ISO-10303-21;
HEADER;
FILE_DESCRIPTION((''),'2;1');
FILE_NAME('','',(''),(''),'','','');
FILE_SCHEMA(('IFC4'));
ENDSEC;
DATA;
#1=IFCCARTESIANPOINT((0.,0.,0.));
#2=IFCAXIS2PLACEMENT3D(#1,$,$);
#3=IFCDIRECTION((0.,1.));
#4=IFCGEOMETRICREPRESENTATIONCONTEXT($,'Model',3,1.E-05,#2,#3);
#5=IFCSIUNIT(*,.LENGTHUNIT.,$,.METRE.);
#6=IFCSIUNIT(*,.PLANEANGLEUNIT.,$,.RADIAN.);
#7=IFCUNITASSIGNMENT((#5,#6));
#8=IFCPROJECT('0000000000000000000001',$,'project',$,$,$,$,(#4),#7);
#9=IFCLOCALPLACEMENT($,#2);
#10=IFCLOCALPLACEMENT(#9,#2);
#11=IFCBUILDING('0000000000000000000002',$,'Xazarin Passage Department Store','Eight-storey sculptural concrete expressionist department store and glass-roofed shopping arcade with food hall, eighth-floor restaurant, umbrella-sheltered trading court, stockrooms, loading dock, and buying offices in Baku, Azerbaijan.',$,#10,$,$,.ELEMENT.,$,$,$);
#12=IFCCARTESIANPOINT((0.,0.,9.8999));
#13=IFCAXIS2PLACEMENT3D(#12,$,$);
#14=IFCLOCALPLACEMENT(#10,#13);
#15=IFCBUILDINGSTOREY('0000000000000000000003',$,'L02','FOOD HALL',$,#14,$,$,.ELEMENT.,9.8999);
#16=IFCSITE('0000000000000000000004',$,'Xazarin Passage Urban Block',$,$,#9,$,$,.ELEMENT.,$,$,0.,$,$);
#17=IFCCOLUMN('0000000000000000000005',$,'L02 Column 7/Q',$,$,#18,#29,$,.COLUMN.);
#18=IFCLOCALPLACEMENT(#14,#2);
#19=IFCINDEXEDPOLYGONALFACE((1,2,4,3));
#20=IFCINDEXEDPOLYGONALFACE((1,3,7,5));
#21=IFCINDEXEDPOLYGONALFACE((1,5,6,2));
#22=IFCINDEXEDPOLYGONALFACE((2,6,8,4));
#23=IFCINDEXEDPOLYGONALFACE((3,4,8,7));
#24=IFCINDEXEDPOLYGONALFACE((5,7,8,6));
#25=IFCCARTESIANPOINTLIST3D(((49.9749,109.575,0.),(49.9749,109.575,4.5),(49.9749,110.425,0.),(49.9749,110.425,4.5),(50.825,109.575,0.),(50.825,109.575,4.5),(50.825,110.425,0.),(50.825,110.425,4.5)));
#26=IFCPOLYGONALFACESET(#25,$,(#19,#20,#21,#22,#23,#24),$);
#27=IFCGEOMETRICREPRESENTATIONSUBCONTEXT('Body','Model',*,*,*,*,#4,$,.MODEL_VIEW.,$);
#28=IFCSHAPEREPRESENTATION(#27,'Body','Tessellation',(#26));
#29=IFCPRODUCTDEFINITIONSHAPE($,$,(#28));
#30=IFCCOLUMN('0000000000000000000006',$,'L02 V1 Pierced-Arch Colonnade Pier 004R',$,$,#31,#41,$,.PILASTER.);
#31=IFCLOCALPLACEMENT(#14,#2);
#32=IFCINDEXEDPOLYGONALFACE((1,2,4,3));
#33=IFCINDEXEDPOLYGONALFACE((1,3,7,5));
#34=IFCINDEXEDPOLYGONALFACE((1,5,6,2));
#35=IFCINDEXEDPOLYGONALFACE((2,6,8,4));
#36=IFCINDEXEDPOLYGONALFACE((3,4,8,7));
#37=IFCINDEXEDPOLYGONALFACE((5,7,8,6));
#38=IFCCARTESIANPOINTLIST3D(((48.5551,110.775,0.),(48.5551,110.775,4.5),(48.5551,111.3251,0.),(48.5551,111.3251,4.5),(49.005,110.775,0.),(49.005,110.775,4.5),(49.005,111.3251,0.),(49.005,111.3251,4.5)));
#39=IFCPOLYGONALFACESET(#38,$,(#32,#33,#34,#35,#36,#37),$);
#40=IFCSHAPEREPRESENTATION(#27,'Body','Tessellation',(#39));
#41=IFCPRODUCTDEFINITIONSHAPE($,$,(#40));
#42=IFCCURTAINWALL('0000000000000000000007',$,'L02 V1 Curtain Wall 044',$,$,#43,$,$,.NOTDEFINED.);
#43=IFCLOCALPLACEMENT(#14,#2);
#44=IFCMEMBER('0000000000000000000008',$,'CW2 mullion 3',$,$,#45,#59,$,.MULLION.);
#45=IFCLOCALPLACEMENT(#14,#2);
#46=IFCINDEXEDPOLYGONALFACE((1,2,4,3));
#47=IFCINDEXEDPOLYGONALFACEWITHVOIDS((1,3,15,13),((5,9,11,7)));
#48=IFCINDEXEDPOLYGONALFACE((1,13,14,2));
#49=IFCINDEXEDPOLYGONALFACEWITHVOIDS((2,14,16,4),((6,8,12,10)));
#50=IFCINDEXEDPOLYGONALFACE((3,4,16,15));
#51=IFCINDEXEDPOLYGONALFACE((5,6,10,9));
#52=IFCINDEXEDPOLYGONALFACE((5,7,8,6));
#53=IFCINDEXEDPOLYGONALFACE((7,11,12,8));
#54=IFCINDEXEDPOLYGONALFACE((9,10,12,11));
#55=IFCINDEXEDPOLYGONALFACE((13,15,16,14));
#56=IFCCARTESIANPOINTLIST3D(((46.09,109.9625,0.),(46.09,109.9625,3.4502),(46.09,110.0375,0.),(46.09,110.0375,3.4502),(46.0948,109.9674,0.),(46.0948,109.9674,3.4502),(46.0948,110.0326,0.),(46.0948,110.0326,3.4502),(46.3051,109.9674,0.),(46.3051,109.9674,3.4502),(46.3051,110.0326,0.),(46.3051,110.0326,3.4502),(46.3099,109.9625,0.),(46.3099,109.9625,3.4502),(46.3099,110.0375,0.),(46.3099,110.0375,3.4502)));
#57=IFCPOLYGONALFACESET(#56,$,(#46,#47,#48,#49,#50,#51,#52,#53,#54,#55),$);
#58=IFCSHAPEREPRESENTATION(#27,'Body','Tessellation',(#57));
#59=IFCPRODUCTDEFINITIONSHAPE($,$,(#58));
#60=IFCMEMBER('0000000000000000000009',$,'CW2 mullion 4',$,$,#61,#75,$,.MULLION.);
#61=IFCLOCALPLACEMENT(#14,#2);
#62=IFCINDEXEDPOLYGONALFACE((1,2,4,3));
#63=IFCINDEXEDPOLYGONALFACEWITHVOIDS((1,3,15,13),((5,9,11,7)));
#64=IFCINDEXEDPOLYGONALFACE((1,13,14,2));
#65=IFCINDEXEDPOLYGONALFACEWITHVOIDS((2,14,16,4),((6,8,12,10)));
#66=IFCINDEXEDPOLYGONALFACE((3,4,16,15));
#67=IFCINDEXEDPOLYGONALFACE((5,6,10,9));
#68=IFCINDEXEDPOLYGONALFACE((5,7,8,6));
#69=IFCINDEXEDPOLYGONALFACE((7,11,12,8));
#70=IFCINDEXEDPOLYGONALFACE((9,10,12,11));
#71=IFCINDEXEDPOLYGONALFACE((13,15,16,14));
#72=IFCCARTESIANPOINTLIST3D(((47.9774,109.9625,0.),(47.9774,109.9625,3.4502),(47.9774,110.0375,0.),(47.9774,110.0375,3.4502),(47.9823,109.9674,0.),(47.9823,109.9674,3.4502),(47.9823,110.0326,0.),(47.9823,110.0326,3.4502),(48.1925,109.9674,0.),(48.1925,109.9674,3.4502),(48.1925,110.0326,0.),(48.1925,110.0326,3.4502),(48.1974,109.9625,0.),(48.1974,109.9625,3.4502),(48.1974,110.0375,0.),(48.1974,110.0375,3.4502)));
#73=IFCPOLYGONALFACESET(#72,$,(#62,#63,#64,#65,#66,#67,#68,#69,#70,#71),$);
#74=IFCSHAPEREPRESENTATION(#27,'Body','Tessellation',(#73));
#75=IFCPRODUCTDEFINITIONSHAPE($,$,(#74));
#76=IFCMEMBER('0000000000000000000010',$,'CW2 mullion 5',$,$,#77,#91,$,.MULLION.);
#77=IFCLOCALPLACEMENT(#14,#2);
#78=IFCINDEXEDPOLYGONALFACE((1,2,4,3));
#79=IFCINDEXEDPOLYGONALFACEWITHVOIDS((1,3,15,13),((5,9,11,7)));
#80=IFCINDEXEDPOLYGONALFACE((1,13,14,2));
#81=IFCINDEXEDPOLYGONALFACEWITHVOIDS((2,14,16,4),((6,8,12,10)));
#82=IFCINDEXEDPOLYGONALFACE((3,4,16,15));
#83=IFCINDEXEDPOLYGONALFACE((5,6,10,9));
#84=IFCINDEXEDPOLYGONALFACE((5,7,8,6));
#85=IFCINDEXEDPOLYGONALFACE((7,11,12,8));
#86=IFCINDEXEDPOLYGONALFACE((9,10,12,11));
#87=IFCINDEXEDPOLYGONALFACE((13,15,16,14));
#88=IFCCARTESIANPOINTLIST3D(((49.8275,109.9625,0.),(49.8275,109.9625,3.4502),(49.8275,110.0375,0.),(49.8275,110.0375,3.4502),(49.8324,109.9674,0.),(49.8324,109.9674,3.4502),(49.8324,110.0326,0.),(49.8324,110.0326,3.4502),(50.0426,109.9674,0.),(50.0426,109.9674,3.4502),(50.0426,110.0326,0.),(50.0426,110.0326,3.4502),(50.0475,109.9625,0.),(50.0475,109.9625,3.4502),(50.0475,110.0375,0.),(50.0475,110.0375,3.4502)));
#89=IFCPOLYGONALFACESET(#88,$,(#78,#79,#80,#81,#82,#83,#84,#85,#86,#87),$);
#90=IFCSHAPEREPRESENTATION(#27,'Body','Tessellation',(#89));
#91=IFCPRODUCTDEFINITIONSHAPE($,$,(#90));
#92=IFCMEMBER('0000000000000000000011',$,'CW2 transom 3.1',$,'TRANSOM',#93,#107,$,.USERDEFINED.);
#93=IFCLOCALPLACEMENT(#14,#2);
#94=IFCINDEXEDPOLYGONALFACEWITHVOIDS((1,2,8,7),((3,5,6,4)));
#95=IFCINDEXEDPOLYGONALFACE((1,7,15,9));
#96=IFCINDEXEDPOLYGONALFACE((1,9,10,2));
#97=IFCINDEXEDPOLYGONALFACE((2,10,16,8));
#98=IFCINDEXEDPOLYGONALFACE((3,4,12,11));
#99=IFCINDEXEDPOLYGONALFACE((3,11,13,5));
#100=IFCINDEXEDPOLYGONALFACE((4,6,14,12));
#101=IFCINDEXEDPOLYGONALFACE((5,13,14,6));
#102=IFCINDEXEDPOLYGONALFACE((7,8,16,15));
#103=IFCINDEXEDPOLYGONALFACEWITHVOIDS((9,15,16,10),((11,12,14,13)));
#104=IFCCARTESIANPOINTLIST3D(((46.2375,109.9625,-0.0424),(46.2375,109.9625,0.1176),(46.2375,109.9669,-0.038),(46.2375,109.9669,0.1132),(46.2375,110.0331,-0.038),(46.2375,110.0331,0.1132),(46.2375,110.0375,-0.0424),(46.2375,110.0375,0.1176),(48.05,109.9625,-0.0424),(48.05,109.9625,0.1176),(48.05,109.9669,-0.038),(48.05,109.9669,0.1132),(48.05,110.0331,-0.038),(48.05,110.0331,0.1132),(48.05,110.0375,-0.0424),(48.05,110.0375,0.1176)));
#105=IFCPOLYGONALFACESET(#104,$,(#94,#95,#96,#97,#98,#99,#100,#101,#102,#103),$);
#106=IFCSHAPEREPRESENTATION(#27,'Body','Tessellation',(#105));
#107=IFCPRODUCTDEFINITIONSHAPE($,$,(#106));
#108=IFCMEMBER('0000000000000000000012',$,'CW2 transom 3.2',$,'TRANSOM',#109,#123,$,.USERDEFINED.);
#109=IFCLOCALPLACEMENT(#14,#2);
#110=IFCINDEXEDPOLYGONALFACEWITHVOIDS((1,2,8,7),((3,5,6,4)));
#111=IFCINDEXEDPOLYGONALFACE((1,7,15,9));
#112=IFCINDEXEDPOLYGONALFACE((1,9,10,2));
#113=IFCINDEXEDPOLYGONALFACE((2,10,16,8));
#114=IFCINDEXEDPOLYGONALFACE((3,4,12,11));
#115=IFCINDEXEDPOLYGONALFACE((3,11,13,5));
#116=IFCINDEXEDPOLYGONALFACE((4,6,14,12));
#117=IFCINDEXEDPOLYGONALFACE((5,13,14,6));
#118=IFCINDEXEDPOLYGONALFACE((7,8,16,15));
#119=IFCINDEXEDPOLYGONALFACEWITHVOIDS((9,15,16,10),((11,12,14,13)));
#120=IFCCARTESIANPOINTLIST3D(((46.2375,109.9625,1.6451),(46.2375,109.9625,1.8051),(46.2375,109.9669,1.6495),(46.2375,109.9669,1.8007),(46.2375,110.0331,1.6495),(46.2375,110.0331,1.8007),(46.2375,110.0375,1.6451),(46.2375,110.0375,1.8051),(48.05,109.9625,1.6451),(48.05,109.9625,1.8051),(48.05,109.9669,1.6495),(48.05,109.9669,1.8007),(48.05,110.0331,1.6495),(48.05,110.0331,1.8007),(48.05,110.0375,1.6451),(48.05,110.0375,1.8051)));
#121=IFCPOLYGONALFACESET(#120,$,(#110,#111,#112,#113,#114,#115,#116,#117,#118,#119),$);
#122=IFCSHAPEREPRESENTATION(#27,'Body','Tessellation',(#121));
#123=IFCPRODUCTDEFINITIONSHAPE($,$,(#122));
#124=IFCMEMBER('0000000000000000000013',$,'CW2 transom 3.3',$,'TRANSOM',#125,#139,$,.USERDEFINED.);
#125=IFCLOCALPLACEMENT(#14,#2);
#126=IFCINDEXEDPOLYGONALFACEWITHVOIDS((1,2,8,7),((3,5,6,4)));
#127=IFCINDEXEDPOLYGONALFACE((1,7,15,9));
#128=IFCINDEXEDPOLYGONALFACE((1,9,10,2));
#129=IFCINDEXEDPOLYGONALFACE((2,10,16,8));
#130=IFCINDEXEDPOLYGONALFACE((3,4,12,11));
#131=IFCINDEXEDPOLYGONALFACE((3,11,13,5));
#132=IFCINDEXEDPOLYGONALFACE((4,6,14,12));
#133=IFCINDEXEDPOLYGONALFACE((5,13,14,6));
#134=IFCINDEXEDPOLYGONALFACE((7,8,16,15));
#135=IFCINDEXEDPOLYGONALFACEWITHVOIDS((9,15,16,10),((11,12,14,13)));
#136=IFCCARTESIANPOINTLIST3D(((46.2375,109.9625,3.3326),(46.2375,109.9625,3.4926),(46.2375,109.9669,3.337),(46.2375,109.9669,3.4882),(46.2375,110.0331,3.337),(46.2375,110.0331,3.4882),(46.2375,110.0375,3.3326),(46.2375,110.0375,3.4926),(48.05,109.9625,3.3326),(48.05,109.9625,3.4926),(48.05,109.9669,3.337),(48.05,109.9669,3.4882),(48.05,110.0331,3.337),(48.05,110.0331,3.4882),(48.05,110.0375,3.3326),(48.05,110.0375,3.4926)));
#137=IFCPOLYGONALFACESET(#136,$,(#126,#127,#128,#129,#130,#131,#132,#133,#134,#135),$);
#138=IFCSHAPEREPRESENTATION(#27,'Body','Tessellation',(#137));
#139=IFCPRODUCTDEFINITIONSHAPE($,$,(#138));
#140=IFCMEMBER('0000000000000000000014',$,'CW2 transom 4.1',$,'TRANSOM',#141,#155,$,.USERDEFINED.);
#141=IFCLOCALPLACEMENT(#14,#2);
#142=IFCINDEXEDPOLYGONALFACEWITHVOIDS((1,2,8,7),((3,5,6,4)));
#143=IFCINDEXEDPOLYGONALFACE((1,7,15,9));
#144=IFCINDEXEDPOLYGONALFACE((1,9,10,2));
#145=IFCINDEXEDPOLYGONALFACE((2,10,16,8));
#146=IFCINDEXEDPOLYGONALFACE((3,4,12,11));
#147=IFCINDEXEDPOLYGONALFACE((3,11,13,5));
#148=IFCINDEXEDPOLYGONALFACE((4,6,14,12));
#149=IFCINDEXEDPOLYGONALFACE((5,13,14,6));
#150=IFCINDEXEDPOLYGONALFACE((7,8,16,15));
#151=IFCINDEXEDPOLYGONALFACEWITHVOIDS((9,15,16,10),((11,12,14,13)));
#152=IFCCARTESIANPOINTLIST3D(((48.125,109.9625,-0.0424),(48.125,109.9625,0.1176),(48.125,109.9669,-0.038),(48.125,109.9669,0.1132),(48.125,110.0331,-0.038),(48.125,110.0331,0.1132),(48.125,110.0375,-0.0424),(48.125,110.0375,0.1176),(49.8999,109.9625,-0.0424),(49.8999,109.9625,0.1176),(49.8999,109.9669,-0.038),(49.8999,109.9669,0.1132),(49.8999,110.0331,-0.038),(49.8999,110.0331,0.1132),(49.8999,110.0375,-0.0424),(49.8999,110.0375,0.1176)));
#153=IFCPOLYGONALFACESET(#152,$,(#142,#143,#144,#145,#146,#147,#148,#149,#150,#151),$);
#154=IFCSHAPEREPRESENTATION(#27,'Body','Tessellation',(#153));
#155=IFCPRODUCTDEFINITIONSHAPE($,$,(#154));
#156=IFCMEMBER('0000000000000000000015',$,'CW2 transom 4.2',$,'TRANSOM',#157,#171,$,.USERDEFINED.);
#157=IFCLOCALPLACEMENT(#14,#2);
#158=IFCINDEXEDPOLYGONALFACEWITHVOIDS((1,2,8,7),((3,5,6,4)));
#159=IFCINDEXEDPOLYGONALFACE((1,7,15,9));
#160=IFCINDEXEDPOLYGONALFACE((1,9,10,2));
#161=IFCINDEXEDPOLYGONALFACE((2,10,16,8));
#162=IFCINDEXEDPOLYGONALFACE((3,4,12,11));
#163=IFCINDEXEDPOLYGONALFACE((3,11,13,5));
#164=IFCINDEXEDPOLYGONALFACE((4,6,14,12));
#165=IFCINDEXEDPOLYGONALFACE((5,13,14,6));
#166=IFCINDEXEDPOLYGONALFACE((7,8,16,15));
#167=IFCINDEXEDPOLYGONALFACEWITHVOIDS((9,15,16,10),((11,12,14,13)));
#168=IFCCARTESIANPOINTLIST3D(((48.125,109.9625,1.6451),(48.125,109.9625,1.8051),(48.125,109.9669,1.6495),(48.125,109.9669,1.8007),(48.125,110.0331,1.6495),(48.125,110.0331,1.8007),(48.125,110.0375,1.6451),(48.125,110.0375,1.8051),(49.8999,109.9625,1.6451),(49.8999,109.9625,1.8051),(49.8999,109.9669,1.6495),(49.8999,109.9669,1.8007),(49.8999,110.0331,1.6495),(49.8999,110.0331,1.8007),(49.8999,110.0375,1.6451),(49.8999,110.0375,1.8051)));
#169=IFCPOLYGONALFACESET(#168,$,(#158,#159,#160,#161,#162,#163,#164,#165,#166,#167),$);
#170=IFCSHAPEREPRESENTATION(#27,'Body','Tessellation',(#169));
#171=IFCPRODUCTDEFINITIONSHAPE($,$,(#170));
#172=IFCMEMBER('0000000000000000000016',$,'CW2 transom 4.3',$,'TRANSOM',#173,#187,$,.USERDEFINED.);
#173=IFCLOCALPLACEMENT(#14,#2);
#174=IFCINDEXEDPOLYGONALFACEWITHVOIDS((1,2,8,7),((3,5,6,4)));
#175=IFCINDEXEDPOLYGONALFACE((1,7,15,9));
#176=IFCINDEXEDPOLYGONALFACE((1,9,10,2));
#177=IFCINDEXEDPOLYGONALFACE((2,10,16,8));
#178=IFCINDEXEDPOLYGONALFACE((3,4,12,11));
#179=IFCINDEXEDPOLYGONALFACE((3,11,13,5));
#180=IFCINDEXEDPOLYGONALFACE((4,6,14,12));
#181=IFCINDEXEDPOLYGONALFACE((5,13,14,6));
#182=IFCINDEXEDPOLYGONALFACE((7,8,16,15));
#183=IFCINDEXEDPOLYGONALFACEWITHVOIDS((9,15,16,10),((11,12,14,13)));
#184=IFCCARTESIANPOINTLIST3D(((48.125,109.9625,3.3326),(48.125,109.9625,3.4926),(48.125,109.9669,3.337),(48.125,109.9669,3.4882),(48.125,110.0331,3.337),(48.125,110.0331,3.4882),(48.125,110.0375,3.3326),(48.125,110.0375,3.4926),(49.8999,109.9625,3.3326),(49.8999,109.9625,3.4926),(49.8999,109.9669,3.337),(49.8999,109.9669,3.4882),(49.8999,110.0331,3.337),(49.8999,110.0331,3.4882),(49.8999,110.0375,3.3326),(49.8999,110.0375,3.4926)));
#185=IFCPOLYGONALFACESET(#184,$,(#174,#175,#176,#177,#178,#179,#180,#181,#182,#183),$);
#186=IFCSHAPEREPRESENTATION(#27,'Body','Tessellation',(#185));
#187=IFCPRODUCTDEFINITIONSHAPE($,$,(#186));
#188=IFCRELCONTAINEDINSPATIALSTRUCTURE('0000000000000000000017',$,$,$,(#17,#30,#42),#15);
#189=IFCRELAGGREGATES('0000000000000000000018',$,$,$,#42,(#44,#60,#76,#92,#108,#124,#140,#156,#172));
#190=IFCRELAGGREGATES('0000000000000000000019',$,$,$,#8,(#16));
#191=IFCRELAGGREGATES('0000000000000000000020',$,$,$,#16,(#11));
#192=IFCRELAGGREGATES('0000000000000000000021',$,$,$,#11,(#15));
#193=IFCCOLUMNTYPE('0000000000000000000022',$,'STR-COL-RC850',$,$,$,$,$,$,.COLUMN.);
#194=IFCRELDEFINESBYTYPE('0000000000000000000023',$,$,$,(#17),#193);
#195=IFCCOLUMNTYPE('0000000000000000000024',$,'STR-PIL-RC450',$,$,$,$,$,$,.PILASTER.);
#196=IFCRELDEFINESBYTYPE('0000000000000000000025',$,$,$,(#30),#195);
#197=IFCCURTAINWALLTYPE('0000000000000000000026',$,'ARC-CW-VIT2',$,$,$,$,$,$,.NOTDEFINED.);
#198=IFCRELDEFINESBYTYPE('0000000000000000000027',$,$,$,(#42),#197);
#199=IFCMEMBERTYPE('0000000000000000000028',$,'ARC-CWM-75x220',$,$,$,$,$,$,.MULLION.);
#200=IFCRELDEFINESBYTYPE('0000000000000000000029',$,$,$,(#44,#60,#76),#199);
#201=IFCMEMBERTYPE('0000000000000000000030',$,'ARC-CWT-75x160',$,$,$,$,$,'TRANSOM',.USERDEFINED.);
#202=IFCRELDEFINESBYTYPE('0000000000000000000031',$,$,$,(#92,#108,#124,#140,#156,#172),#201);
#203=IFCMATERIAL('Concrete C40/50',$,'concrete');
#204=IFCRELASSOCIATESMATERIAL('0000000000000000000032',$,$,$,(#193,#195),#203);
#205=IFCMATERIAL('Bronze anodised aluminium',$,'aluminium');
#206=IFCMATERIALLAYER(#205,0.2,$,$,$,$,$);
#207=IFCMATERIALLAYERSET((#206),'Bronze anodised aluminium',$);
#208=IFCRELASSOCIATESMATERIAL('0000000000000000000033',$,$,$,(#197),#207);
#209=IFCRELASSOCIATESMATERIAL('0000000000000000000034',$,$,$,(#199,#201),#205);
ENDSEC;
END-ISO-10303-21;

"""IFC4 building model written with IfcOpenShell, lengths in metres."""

from ifc_helpers import new_model, si_unit, direction, frame, origin, origin_2d, place, context, subcontext, project, spatial, rectangle, hollow_rectangle, extrude, material, layer, layer_set, material_profile, profile_set, type_object, element, aggregate, save


model = new_model("IFC4")

# Units and contexts
model_context = context("Model", 3, precision=1e-05, world=origin(), true_north=direction((0.0, 1.0)))
body_context = subcontext(model_context, "Body", "Model", "MODEL_VIEW")
ifc_project = project(units=[si_unit("LENGTHUNIT", "METRE"), si_unit("PLANEANGLEUNIT", "RADIAN")], contexts=[model_context])

# Site, building, storey
site_placement = place(None, origin())
site = spatial("IfcSite", under=ifc_project, at=site_placement, Name="Xazarin Passage Urban Block", CompositionType="ELEMENT", RefElevation=0.0)
building_placement = place(site_placement, origin())
building = spatial("IfcBuilding", under=site, at=building_placement, Name="Xazarin Passage Department Store", Description="Eight-storey sculptural concrete expressionist department store and glass-roofed shopping arcade with food hall, eighth-floor restaurant, umbrella-sheltered trading court, stockrooms, loading dock, and buying offices in Baku, Azerbaijan.", CompositionType="ELEMENT")
storey_placement = place(building_placement, frame((0.0, 0.0, 9.8999)))
storey = spatial("IfcBuildingStorey", under=building, at=storey_placement, Name="L02", Description="FOOD HALL", CompositionType="ELEMENT", Elevation=9.8999)

# Columns
ifc_material_1 = material(Name="Concrete C40/50", Category="concrete")
ifc_material_profile_1 = material_profile(ifc_material_1, rectangle(XDim=0.8501, YDim=0.8501, at=origin_2d()), Name="RC 850x850")
ifc_profile_set_1 = profile_set([ifc_material_profile_1], Name="Concrete C40/50")
column_type_1 = type_object("IfcColumnType", Name="STR-COL-RC850", PredefinedType="COLUMN", material=ifc_profile_set_1)
column_1_placement = place(storey_placement, frame((50.3999, 110.0, 0.0), z_axis=(0.0, 0.0, 1.0), x_axis=(1.0, 0.0, 0.0)))
element("IfcColumn", 1, at=column_1_placement, inside=storey, type_object=column_type_1, Name="L02 Column 7/Q", PredefinedType="COLUMN", context=body_context, shape_type="SweptSolid", body=[
    extrude(rectangle(XDim=0.8501, YDim=0.8501, at=origin_2d()), origin(), (0.0, 0.0, 1.0), 4.5),
])
ifc_material_profile_2 = material_profile(ifc_material_1, rectangle(XDim=0.45, YDim=0.55, at=origin_2d()), Name="RC 450x550")
ifc_profile_set_2 = profile_set([ifc_material_profile_2], Name="Concrete C40/50")
column_type_2 = type_object("IfcColumnType", Name="STR-PIL-RC450", PredefinedType="PILASTER", material=ifc_profile_set_2)
column_2_placement = place(storey_placement, frame((48.78, 111.05, 0.0), z_axis=(0.0, 0.0, 1.0), x_axis=(1.0, 0.0, 0.0)))
element("IfcColumn", 2, at=column_2_placement, inside=storey, type_object=column_type_2, Name="L02 V1 Pierced-Arch Colonnade Pier 004R", PredefinedType="PILASTER", context=body_context, shape_type="SweptSolid", body=[
    extrude(rectangle(XDim=0.45, YDim=0.55, at=origin_2d()), origin(), (0.0, 0.0, 1.0), 4.5),
])

# Curtain wall, members
ifc_material_2 = material(Name="Bronze anodised aluminium", Category="aluminium")
ifc_layer_1 = layer(ifc_material_2, 0.2)
ifc_layer_set_1 = layer_set([ifc_layer_1], Name="Bronze anodised aluminium")
curtain_wall_type = type_object("IfcCurtainWallType", Name="ARC-CW-VIT2", PredefinedType="NOTDEFINED", material=ifc_layer_set_1)
curtain_wall_placement = place(storey_placement, origin())
curtain_wall = element("IfcCurtainWall", 3, at=curtain_wall_placement, inside=storey, type_object=curtain_wall_type, Name="L02 V1 Curtain Wall 044", PredefinedType="NOTDEFINED")
ifc_material_profile_3 = material_profile(ifc_material_2, hollow_rectangle(XDim=0.075, YDim=0.22, WallThickness=0.0049, at=origin_2d()), Name="ALU 75x220")
ifc_profile_set_3 = profile_set([ifc_material_profile_3], Name="Bronze anodised aluminium")
member_type_1 = type_object("IfcMemberType", Name="ARC-CWM-75x220", PredefinedType="MULLION", material=ifc_profile_set_3)
member_1_placement = place(storey_placement, frame((46.2, 110.0, 0.0), z_axis=(0.0, 0.0, 1.0), x_axis=(0.0, 1.0, 0.0)))
member_1 = element("IfcMember", 4, at=member_1_placement, type_object=member_type_1, Name="CW2 mullion 3", PredefinedType="MULLION", context=body_context, shape_type="SweptSolid", body=[
    extrude(hollow_rectangle(XDim=0.075, YDim=0.22, WallThickness=0.0049, at=origin_2d()), origin(), (0.0, 0.0, 1.0), 3.4502),
])
member_2_placement = place(storey_placement, frame((48.0874, 110.0, 0.0), z_axis=(0.0, 0.0, 1.0), x_axis=(0.0, 1.0, 0.0)))
member_2 = element("IfcMember", 5, at=member_2_placement, type_object=member_type_1, Name="CW2 mullion 4", PredefinedType="MULLION", context=body_context, shape_type="SweptSolid", body=[
    extrude(hollow_rectangle(XDim=0.075, YDim=0.22, WallThickness=0.0049, at=origin_2d()), origin(), (0.0, 0.0, 1.0), 3.4502),
])
member_3_placement = place(storey_placement, frame((49.9375, 110.0, 0.0), z_axis=(0.0, 0.0, 1.0), x_axis=(0.0, 1.0, 0.0)))
member_3 = element("IfcMember", 6, at=member_3_placement, type_object=member_type_1, Name="CW2 mullion 5", PredefinedType="MULLION", context=body_context, shape_type="SweptSolid", body=[
    extrude(hollow_rectangle(XDim=0.075, YDim=0.22, WallThickness=0.0049, at=origin_2d()), origin(), (0.0, 0.0, 1.0), 3.4502),
])
ifc_material_profile_4 = material_profile(ifc_material_2, hollow_rectangle(XDim=0.075, YDim=0.1599, WallThickness=0.0044, at=origin_2d()), Name="ALU 75x160")
ifc_profile_set_4 = profile_set([ifc_material_profile_4], Name="Bronze anodised aluminium")
member_type_2 = type_object("IfcMemberType", Name="ARC-CWT-75x160", ElementType="TRANSOM", PredefinedType="USERDEFINED", material=ifc_profile_set_4)
member_4_placement = place(storey_placement, frame((46.2375, 110.0, 0.0376), z_axis=(1.0, 0.0, 0.0), x_axis=(0.0, 1.0, 0.0)))
member_4 = element("IfcMember", 7, at=member_4_placement, type_object=member_type_2, Name="CW2 transom 3.1", ObjectType="TRANSOM", PredefinedType="USERDEFINED", context=body_context, shape_type="SweptSolid", body=[
    extrude(hollow_rectangle(XDim=0.075, YDim=0.1599, WallThickness=0.0044, at=origin_2d()), origin(), (0.0, 0.0, 1.0), 1.8125),
])
member_5_placement = place(storey_placement, frame((46.2375, 110.0, 1.7251), z_axis=(1.0, 0.0, 0.0), x_axis=(0.0, 1.0, 0.0)))
member_5 = element("IfcMember", 8, at=member_5_placement, type_object=member_type_2, Name="CW2 transom 3.2", ObjectType="TRANSOM", PredefinedType="USERDEFINED", context=body_context, shape_type="SweptSolid", body=[
    extrude(hollow_rectangle(XDim=0.075, YDim=0.1599, WallThickness=0.0044, at=origin_2d()), origin(), (0.0, 0.0, 1.0), 1.8125),
])
member_6_placement = place(storey_placement, frame((46.2375, 110.0, 3.4126), z_axis=(1.0, 0.0, 0.0), x_axis=(0.0, 1.0, 0.0)))
member_6 = element("IfcMember", 9, at=member_6_placement, type_object=member_type_2, Name="CW2 transom 3.3", ObjectType="TRANSOM", PredefinedType="USERDEFINED", context=body_context, shape_type="SweptSolid", body=[
    extrude(hollow_rectangle(XDim=0.075, YDim=0.1599, WallThickness=0.0044, at=origin_2d()), origin(), (0.0, 0.0, 1.0), 1.8125),
])
member_7_placement = place(storey_placement, frame((48.125, 110.0, 0.0376), z_axis=(1.0, 0.0, 0.0), x_axis=(0.0, 1.0, 0.0)))
member_7 = element("IfcMember", 10, at=member_7_placement, type_object=member_type_2, Name="CW2 transom 4.1", ObjectType="TRANSOM", PredefinedType="USERDEFINED", context=body_context, shape_type="SweptSolid", body=[
    extrude(hollow_rectangle(XDim=0.075, YDim=0.1599, WallThickness=0.0044, at=origin_2d()), origin(), (0.0, 0.0, 1.0), 1.7749),
])
member_8_placement = place(storey_placement, frame((48.125, 110.0, 1.7251), z_axis=(1.0, 0.0, 0.0), x_axis=(0.0, 1.0, 0.0)))
member_8 = element("IfcMember", 11, at=member_8_placement, type_object=member_type_2, Name="CW2 transom 4.2", ObjectType="TRANSOM", PredefinedType="USERDEFINED", context=body_context, shape_type="SweptSolid", body=[
    extrude(hollow_rectangle(XDim=0.075, YDim=0.1599, WallThickness=0.0044, at=origin_2d()), origin(), (0.0, 0.0, 1.0), 1.7749),
])
member_9_placement = place(storey_placement, frame((48.125, 110.0, 3.4126), z_axis=(1.0, 0.0, 0.0), x_axis=(0.0, 1.0, 0.0)))
member_9 = element("IfcMember", 12, at=member_9_placement, type_object=member_type_2, Name="CW2 transom 4.3", ObjectType="TRANSOM", PredefinedType="USERDEFINED", context=body_context, shape_type="SweptSolid", body=[
    extrude(hollow_rectangle(XDim=0.075, YDim=0.1599, WallThickness=0.0044, at=origin_2d()), origin(), (0.0, 0.0, 1.0), 1.7749),
])

aggregate(curtain_wall, [member_1, member_2, member_3, member_4, member_5, member_6, member_7, member_8, member_9])

save(model, "model.ifc")
